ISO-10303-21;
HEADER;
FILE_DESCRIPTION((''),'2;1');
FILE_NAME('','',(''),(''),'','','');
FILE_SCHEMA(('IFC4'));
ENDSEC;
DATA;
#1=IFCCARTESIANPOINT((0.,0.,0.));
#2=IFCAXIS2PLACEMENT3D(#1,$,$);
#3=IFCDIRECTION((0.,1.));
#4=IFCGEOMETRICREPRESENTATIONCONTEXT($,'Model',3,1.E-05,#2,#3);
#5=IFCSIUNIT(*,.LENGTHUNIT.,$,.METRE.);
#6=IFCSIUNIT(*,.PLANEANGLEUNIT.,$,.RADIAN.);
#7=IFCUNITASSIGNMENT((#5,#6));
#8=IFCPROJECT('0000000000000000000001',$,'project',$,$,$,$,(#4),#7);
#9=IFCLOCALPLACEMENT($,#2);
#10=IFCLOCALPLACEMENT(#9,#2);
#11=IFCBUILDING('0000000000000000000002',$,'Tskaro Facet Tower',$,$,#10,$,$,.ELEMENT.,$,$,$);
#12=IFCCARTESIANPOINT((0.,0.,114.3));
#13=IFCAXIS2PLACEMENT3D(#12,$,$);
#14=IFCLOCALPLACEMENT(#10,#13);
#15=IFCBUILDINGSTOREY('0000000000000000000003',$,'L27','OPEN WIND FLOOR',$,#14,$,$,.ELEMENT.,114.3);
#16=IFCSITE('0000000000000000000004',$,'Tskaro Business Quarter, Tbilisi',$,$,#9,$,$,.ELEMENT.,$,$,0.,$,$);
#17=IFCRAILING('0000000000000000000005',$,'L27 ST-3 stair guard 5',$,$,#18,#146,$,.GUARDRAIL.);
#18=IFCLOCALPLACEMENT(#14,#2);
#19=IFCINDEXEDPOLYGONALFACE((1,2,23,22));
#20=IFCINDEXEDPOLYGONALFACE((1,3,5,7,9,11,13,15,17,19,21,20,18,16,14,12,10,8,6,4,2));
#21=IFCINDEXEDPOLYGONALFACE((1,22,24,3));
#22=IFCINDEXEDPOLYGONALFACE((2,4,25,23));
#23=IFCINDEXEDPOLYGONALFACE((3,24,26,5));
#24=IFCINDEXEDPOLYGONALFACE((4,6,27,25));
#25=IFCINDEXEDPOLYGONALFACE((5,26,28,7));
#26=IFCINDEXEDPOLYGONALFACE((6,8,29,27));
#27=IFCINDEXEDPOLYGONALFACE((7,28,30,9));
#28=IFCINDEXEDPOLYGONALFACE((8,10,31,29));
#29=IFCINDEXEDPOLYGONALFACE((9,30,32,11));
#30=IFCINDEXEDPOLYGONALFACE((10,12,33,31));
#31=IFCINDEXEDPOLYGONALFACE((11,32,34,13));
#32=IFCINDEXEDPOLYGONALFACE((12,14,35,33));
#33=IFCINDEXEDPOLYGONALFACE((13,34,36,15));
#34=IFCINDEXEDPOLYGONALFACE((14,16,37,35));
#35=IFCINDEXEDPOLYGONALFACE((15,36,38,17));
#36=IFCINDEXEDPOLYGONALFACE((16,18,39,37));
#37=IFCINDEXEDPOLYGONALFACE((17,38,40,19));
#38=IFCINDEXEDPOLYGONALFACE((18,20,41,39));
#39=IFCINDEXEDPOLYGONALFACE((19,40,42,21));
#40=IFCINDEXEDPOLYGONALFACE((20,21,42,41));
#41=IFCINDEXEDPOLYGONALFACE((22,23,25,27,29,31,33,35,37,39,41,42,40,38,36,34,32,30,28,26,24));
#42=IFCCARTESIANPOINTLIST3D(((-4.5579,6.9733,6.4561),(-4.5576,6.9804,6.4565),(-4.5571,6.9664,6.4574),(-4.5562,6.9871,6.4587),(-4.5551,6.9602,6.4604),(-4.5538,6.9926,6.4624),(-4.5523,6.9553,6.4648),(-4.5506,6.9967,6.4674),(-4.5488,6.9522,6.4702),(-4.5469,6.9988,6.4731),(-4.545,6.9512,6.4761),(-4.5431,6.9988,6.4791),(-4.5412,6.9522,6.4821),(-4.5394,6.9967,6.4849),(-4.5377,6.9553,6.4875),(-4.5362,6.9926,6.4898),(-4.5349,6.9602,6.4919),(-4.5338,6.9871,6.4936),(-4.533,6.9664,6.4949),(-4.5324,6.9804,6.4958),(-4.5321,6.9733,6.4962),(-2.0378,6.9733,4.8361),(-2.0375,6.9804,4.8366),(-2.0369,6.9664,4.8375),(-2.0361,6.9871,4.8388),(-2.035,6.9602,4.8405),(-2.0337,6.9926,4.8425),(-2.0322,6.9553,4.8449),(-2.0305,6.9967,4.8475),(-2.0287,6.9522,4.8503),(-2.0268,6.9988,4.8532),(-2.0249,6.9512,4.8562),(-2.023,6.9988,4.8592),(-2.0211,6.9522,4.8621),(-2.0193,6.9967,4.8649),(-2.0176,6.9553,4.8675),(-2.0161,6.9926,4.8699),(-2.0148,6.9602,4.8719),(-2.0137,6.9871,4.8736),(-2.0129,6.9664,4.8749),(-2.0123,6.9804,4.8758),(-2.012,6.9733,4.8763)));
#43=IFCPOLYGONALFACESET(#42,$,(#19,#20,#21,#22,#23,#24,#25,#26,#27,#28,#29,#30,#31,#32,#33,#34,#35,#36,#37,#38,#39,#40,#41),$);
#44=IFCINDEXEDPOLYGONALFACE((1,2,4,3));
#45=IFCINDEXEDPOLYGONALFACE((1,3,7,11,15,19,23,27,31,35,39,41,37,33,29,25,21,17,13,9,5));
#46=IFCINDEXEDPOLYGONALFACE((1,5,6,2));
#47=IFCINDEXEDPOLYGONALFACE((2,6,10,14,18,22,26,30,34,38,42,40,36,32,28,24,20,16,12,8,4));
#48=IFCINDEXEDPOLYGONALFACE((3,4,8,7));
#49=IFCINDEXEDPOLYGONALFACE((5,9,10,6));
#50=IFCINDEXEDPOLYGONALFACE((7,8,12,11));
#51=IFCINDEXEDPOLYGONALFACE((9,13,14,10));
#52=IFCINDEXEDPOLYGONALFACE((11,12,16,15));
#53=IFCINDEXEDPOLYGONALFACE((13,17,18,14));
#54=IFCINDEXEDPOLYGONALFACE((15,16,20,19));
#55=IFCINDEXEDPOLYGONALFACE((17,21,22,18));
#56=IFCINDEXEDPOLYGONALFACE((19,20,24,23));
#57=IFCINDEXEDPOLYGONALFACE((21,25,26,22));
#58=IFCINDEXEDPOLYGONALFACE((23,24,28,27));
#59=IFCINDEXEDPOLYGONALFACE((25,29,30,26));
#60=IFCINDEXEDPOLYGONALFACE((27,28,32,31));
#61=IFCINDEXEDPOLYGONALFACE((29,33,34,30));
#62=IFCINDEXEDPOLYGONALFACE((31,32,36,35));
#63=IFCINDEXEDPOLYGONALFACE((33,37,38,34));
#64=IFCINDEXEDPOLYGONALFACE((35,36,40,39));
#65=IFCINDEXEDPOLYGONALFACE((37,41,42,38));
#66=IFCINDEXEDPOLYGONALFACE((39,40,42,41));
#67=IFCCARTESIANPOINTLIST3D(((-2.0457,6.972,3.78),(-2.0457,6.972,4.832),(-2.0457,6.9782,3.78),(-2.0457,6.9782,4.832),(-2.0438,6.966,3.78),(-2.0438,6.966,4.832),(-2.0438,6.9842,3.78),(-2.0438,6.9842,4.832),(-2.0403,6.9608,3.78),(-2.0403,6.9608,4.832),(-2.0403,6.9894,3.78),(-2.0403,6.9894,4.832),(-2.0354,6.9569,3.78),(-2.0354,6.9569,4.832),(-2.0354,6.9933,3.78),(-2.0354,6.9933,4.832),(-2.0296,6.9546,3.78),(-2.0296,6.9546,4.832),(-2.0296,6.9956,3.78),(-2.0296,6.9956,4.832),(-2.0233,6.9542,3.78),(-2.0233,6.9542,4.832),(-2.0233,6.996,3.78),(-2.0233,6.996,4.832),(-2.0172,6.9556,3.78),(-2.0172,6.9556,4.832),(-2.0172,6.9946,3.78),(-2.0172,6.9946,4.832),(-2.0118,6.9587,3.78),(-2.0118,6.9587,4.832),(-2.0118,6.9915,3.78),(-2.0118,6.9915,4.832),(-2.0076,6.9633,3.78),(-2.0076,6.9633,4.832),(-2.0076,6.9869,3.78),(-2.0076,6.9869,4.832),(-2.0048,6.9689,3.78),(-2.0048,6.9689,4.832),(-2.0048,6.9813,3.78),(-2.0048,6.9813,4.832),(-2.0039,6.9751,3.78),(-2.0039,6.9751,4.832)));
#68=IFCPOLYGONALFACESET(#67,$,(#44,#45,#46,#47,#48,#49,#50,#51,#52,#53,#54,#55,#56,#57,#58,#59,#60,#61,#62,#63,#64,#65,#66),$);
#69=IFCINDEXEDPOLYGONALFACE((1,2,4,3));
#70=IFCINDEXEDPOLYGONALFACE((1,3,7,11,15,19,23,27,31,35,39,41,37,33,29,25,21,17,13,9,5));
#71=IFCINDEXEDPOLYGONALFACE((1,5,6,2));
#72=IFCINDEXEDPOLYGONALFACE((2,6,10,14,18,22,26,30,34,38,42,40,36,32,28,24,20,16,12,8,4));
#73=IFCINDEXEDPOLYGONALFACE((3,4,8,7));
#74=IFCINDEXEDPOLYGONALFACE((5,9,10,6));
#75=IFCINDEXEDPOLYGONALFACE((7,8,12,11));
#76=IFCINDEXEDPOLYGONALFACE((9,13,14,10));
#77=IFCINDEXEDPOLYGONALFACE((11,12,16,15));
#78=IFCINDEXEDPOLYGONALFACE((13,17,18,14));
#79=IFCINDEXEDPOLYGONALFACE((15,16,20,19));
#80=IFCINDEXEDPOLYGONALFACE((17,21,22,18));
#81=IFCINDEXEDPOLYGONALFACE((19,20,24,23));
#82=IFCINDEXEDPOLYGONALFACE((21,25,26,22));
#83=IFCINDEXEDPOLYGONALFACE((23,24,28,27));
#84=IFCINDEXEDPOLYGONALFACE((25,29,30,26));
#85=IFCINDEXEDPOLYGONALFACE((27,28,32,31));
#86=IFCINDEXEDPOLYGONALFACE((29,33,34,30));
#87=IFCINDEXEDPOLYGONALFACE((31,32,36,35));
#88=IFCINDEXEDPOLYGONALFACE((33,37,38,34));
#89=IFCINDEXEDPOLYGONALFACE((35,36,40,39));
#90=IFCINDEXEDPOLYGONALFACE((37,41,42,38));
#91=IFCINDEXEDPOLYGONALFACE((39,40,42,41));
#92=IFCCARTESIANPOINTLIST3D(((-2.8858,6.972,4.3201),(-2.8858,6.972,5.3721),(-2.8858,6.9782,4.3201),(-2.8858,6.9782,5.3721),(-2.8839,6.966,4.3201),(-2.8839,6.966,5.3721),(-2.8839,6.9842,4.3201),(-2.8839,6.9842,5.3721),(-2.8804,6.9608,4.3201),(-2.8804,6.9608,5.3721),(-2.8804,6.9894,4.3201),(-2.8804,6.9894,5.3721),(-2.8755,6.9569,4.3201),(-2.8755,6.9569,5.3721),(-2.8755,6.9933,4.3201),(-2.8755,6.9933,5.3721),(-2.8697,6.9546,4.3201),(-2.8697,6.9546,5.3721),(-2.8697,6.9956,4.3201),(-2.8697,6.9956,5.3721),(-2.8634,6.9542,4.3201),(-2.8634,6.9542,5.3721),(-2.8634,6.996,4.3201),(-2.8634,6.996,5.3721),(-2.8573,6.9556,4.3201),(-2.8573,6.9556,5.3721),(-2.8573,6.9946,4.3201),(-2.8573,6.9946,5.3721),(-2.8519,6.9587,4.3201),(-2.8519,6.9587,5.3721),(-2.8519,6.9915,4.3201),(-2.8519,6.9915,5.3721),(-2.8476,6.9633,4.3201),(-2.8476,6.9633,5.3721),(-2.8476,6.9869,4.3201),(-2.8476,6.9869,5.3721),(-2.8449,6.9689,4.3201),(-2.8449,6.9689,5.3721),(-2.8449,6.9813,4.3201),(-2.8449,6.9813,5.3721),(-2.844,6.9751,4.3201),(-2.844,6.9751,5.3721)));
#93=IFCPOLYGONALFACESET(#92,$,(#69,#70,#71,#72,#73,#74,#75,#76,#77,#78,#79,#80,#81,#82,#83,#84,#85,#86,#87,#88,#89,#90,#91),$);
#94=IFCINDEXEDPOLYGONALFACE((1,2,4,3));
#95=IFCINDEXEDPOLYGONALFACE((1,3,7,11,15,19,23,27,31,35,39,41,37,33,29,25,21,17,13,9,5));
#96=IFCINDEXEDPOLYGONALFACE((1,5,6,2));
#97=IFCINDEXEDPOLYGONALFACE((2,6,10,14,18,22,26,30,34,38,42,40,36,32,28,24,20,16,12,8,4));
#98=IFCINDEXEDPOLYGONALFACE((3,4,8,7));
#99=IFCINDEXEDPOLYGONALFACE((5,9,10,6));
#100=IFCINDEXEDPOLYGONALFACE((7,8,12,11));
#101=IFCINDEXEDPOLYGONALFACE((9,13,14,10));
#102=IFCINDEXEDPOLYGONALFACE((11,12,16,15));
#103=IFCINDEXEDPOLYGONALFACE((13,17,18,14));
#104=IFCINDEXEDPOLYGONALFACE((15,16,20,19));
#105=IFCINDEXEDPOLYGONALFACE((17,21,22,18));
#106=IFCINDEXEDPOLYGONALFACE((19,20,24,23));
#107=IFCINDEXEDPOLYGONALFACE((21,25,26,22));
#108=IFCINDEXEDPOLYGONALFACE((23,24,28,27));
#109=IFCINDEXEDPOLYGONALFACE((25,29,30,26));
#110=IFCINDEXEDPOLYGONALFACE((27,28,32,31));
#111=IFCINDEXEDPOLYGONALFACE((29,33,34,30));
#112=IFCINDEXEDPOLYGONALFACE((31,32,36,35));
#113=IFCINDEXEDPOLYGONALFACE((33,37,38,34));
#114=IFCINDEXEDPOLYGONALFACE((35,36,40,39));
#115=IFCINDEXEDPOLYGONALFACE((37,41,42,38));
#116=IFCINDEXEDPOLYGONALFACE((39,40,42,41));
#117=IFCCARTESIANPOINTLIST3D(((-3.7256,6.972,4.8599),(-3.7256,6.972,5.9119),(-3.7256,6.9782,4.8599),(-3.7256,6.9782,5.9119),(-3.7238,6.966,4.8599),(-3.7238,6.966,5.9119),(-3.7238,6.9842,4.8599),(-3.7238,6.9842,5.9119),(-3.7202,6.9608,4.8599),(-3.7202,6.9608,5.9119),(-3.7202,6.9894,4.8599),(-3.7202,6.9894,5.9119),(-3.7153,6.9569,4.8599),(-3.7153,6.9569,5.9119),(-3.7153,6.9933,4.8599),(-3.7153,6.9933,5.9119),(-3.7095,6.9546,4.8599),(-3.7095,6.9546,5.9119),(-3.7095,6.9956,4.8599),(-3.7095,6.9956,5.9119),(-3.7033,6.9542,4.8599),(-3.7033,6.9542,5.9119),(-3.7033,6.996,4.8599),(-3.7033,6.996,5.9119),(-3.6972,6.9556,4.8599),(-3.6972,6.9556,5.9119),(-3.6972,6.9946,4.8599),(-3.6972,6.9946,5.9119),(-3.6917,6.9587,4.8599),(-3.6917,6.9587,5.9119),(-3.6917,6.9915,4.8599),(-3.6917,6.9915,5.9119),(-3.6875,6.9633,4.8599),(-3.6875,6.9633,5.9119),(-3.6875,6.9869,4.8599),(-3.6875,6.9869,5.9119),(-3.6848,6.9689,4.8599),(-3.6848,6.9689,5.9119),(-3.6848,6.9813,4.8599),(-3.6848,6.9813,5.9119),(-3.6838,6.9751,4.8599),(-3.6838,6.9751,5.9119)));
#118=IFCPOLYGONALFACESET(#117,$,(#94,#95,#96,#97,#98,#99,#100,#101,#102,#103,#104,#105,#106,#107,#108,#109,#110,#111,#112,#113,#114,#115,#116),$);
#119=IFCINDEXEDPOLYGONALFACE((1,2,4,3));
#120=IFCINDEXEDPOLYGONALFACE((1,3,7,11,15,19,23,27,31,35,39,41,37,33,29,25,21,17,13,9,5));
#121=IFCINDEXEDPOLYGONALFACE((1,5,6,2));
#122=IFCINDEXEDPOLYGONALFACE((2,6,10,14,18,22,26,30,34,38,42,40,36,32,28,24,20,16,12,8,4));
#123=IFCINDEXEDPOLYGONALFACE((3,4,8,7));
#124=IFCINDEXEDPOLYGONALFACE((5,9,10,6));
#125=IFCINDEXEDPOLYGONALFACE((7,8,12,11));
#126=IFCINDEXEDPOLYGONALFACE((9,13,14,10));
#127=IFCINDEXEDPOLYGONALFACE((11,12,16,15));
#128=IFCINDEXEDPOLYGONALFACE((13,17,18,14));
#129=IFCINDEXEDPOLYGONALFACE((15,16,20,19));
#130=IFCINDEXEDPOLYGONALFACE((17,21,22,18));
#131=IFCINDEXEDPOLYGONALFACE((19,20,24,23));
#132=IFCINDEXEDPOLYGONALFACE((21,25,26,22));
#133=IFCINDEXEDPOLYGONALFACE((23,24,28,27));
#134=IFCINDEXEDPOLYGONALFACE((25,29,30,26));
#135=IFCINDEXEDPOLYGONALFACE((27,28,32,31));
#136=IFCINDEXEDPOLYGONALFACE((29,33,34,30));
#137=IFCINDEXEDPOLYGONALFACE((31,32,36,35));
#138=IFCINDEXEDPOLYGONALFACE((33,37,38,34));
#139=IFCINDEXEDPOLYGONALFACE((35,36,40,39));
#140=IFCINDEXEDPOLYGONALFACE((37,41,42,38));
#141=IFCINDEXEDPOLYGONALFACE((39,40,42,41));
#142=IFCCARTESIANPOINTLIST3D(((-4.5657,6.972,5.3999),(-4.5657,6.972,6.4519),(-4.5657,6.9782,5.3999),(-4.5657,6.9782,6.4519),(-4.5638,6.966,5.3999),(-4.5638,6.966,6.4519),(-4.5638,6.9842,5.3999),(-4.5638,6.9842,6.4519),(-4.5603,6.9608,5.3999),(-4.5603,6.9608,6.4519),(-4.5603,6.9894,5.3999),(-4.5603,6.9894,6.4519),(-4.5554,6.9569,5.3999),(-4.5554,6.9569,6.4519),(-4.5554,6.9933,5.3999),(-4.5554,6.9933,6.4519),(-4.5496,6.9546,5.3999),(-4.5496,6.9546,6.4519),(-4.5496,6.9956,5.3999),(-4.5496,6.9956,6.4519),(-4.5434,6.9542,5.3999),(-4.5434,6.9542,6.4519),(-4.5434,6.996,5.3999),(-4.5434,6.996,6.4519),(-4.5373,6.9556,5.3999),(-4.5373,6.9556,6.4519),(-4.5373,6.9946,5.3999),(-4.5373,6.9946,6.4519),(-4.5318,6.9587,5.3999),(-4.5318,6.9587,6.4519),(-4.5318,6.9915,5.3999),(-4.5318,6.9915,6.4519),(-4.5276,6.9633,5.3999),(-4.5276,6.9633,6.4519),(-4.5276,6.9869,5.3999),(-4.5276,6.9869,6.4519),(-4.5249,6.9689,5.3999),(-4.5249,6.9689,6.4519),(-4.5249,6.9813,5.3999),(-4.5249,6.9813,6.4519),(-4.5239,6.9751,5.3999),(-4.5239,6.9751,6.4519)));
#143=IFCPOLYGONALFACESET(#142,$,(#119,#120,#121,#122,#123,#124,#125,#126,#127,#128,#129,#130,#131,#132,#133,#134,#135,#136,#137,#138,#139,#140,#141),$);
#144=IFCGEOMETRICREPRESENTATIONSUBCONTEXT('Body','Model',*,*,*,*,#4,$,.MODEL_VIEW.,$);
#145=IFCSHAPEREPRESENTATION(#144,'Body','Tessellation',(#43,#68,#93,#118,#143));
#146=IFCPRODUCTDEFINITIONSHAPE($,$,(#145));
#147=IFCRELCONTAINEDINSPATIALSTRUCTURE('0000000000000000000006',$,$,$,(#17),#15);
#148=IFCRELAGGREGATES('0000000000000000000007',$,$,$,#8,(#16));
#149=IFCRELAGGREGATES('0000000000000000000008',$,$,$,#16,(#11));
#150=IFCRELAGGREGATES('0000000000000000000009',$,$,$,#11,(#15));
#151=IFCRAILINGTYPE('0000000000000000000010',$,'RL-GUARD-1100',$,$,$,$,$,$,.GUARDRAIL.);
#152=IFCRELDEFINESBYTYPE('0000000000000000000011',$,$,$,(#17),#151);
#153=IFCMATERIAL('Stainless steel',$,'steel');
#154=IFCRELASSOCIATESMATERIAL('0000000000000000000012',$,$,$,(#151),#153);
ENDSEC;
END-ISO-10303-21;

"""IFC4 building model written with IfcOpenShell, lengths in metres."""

from ifc_helpers import new_model, si_unit, direction, frame, origin, origin_2d, place, context, subcontext, project, spatial, circle, extrude, material, type_object, element, save


model = new_model("IFC4")

# Units and contexts
model_context = context("Model", 3, precision=1e-05, world=origin(), true_north=direction((0.0, 1.0)))
body_context = subcontext(model_context, "Body", "Model", "MODEL_VIEW")
ifc_project = project(units=[si_unit("LENGTHUNIT", "METRE"), si_unit("PLANEANGLEUNIT", "RADIAN")], contexts=[model_context])

# Site, building, storey
site_placement = place(None, origin())
site = spatial("IfcSite", under=ifc_project, at=site_placement, Name="Tskaro Business Quarter, Tbilisi", CompositionType="ELEMENT", RefElevation=0.0)
building_placement = place(site_placement, origin())
building = spatial("IfcBuilding", under=site, at=building_placement, Name="Tskaro Facet Tower", CompositionType="ELEMENT")
storey_placement = place(building_placement, frame((0.0, 0.0, 114.3)))
storey = spatial("IfcBuildingStorey", under=building, at=storey_placement, Name="L27", Description="OPEN WIND FLOOR", CompositionType="ELEMENT", Elevation=114.3)

# Railing
ifc_material_1 = material(Name="Stainless steel", Category="steel")
railing_type_1 = type_object("IfcRailingType", Name="RL-GUARD-1100", PredefinedType="GUARDRAIL", material=ifc_material_1)
railing_1_placement = place(storey_placement, frame((-2.0249, 6.9751, 3.78)))
element("IfcRailing", 1, at=railing_1_placement, inside=storey, type_object=railing_type_1, Name="L27 ST-3 stair guard 5", PredefinedType="GUARDRAIL", context=body_context, shape_type="SweptSolid", body=[
    extrude(circle(Radius=0.0239, at=origin_2d()), frame((0.0, 0.0, 1.0762), z_axis=(-0.8412, 0.0, 0.540725), x_axis=(0.0, -1.0, 0.0)), (0.0, 0.0, 1.0), 2.9958),
    extrude(circle(Radius=0.021, at=origin_2d()), origin(), (0.0, 0.0, 1.0), 1.052),
    extrude(circle(Radius=0.021, at=origin_2d()), frame((-0.8401, 0.0, 0.54)), (0.0, 0.0, 1.0), 1.052),
    extrude(circle(Radius=0.021, at=origin_2d()), frame((-1.6799, 0.0, 1.0798)), (0.0, 0.0, 1.0), 1.052),
    extrude(circle(Radius=0.021, at=origin_2d()), frame((-2.52, 0.0, 1.6199)), (0.0, 0.0, 1.0), 1.052),
])

save(model, "model.ifc")
